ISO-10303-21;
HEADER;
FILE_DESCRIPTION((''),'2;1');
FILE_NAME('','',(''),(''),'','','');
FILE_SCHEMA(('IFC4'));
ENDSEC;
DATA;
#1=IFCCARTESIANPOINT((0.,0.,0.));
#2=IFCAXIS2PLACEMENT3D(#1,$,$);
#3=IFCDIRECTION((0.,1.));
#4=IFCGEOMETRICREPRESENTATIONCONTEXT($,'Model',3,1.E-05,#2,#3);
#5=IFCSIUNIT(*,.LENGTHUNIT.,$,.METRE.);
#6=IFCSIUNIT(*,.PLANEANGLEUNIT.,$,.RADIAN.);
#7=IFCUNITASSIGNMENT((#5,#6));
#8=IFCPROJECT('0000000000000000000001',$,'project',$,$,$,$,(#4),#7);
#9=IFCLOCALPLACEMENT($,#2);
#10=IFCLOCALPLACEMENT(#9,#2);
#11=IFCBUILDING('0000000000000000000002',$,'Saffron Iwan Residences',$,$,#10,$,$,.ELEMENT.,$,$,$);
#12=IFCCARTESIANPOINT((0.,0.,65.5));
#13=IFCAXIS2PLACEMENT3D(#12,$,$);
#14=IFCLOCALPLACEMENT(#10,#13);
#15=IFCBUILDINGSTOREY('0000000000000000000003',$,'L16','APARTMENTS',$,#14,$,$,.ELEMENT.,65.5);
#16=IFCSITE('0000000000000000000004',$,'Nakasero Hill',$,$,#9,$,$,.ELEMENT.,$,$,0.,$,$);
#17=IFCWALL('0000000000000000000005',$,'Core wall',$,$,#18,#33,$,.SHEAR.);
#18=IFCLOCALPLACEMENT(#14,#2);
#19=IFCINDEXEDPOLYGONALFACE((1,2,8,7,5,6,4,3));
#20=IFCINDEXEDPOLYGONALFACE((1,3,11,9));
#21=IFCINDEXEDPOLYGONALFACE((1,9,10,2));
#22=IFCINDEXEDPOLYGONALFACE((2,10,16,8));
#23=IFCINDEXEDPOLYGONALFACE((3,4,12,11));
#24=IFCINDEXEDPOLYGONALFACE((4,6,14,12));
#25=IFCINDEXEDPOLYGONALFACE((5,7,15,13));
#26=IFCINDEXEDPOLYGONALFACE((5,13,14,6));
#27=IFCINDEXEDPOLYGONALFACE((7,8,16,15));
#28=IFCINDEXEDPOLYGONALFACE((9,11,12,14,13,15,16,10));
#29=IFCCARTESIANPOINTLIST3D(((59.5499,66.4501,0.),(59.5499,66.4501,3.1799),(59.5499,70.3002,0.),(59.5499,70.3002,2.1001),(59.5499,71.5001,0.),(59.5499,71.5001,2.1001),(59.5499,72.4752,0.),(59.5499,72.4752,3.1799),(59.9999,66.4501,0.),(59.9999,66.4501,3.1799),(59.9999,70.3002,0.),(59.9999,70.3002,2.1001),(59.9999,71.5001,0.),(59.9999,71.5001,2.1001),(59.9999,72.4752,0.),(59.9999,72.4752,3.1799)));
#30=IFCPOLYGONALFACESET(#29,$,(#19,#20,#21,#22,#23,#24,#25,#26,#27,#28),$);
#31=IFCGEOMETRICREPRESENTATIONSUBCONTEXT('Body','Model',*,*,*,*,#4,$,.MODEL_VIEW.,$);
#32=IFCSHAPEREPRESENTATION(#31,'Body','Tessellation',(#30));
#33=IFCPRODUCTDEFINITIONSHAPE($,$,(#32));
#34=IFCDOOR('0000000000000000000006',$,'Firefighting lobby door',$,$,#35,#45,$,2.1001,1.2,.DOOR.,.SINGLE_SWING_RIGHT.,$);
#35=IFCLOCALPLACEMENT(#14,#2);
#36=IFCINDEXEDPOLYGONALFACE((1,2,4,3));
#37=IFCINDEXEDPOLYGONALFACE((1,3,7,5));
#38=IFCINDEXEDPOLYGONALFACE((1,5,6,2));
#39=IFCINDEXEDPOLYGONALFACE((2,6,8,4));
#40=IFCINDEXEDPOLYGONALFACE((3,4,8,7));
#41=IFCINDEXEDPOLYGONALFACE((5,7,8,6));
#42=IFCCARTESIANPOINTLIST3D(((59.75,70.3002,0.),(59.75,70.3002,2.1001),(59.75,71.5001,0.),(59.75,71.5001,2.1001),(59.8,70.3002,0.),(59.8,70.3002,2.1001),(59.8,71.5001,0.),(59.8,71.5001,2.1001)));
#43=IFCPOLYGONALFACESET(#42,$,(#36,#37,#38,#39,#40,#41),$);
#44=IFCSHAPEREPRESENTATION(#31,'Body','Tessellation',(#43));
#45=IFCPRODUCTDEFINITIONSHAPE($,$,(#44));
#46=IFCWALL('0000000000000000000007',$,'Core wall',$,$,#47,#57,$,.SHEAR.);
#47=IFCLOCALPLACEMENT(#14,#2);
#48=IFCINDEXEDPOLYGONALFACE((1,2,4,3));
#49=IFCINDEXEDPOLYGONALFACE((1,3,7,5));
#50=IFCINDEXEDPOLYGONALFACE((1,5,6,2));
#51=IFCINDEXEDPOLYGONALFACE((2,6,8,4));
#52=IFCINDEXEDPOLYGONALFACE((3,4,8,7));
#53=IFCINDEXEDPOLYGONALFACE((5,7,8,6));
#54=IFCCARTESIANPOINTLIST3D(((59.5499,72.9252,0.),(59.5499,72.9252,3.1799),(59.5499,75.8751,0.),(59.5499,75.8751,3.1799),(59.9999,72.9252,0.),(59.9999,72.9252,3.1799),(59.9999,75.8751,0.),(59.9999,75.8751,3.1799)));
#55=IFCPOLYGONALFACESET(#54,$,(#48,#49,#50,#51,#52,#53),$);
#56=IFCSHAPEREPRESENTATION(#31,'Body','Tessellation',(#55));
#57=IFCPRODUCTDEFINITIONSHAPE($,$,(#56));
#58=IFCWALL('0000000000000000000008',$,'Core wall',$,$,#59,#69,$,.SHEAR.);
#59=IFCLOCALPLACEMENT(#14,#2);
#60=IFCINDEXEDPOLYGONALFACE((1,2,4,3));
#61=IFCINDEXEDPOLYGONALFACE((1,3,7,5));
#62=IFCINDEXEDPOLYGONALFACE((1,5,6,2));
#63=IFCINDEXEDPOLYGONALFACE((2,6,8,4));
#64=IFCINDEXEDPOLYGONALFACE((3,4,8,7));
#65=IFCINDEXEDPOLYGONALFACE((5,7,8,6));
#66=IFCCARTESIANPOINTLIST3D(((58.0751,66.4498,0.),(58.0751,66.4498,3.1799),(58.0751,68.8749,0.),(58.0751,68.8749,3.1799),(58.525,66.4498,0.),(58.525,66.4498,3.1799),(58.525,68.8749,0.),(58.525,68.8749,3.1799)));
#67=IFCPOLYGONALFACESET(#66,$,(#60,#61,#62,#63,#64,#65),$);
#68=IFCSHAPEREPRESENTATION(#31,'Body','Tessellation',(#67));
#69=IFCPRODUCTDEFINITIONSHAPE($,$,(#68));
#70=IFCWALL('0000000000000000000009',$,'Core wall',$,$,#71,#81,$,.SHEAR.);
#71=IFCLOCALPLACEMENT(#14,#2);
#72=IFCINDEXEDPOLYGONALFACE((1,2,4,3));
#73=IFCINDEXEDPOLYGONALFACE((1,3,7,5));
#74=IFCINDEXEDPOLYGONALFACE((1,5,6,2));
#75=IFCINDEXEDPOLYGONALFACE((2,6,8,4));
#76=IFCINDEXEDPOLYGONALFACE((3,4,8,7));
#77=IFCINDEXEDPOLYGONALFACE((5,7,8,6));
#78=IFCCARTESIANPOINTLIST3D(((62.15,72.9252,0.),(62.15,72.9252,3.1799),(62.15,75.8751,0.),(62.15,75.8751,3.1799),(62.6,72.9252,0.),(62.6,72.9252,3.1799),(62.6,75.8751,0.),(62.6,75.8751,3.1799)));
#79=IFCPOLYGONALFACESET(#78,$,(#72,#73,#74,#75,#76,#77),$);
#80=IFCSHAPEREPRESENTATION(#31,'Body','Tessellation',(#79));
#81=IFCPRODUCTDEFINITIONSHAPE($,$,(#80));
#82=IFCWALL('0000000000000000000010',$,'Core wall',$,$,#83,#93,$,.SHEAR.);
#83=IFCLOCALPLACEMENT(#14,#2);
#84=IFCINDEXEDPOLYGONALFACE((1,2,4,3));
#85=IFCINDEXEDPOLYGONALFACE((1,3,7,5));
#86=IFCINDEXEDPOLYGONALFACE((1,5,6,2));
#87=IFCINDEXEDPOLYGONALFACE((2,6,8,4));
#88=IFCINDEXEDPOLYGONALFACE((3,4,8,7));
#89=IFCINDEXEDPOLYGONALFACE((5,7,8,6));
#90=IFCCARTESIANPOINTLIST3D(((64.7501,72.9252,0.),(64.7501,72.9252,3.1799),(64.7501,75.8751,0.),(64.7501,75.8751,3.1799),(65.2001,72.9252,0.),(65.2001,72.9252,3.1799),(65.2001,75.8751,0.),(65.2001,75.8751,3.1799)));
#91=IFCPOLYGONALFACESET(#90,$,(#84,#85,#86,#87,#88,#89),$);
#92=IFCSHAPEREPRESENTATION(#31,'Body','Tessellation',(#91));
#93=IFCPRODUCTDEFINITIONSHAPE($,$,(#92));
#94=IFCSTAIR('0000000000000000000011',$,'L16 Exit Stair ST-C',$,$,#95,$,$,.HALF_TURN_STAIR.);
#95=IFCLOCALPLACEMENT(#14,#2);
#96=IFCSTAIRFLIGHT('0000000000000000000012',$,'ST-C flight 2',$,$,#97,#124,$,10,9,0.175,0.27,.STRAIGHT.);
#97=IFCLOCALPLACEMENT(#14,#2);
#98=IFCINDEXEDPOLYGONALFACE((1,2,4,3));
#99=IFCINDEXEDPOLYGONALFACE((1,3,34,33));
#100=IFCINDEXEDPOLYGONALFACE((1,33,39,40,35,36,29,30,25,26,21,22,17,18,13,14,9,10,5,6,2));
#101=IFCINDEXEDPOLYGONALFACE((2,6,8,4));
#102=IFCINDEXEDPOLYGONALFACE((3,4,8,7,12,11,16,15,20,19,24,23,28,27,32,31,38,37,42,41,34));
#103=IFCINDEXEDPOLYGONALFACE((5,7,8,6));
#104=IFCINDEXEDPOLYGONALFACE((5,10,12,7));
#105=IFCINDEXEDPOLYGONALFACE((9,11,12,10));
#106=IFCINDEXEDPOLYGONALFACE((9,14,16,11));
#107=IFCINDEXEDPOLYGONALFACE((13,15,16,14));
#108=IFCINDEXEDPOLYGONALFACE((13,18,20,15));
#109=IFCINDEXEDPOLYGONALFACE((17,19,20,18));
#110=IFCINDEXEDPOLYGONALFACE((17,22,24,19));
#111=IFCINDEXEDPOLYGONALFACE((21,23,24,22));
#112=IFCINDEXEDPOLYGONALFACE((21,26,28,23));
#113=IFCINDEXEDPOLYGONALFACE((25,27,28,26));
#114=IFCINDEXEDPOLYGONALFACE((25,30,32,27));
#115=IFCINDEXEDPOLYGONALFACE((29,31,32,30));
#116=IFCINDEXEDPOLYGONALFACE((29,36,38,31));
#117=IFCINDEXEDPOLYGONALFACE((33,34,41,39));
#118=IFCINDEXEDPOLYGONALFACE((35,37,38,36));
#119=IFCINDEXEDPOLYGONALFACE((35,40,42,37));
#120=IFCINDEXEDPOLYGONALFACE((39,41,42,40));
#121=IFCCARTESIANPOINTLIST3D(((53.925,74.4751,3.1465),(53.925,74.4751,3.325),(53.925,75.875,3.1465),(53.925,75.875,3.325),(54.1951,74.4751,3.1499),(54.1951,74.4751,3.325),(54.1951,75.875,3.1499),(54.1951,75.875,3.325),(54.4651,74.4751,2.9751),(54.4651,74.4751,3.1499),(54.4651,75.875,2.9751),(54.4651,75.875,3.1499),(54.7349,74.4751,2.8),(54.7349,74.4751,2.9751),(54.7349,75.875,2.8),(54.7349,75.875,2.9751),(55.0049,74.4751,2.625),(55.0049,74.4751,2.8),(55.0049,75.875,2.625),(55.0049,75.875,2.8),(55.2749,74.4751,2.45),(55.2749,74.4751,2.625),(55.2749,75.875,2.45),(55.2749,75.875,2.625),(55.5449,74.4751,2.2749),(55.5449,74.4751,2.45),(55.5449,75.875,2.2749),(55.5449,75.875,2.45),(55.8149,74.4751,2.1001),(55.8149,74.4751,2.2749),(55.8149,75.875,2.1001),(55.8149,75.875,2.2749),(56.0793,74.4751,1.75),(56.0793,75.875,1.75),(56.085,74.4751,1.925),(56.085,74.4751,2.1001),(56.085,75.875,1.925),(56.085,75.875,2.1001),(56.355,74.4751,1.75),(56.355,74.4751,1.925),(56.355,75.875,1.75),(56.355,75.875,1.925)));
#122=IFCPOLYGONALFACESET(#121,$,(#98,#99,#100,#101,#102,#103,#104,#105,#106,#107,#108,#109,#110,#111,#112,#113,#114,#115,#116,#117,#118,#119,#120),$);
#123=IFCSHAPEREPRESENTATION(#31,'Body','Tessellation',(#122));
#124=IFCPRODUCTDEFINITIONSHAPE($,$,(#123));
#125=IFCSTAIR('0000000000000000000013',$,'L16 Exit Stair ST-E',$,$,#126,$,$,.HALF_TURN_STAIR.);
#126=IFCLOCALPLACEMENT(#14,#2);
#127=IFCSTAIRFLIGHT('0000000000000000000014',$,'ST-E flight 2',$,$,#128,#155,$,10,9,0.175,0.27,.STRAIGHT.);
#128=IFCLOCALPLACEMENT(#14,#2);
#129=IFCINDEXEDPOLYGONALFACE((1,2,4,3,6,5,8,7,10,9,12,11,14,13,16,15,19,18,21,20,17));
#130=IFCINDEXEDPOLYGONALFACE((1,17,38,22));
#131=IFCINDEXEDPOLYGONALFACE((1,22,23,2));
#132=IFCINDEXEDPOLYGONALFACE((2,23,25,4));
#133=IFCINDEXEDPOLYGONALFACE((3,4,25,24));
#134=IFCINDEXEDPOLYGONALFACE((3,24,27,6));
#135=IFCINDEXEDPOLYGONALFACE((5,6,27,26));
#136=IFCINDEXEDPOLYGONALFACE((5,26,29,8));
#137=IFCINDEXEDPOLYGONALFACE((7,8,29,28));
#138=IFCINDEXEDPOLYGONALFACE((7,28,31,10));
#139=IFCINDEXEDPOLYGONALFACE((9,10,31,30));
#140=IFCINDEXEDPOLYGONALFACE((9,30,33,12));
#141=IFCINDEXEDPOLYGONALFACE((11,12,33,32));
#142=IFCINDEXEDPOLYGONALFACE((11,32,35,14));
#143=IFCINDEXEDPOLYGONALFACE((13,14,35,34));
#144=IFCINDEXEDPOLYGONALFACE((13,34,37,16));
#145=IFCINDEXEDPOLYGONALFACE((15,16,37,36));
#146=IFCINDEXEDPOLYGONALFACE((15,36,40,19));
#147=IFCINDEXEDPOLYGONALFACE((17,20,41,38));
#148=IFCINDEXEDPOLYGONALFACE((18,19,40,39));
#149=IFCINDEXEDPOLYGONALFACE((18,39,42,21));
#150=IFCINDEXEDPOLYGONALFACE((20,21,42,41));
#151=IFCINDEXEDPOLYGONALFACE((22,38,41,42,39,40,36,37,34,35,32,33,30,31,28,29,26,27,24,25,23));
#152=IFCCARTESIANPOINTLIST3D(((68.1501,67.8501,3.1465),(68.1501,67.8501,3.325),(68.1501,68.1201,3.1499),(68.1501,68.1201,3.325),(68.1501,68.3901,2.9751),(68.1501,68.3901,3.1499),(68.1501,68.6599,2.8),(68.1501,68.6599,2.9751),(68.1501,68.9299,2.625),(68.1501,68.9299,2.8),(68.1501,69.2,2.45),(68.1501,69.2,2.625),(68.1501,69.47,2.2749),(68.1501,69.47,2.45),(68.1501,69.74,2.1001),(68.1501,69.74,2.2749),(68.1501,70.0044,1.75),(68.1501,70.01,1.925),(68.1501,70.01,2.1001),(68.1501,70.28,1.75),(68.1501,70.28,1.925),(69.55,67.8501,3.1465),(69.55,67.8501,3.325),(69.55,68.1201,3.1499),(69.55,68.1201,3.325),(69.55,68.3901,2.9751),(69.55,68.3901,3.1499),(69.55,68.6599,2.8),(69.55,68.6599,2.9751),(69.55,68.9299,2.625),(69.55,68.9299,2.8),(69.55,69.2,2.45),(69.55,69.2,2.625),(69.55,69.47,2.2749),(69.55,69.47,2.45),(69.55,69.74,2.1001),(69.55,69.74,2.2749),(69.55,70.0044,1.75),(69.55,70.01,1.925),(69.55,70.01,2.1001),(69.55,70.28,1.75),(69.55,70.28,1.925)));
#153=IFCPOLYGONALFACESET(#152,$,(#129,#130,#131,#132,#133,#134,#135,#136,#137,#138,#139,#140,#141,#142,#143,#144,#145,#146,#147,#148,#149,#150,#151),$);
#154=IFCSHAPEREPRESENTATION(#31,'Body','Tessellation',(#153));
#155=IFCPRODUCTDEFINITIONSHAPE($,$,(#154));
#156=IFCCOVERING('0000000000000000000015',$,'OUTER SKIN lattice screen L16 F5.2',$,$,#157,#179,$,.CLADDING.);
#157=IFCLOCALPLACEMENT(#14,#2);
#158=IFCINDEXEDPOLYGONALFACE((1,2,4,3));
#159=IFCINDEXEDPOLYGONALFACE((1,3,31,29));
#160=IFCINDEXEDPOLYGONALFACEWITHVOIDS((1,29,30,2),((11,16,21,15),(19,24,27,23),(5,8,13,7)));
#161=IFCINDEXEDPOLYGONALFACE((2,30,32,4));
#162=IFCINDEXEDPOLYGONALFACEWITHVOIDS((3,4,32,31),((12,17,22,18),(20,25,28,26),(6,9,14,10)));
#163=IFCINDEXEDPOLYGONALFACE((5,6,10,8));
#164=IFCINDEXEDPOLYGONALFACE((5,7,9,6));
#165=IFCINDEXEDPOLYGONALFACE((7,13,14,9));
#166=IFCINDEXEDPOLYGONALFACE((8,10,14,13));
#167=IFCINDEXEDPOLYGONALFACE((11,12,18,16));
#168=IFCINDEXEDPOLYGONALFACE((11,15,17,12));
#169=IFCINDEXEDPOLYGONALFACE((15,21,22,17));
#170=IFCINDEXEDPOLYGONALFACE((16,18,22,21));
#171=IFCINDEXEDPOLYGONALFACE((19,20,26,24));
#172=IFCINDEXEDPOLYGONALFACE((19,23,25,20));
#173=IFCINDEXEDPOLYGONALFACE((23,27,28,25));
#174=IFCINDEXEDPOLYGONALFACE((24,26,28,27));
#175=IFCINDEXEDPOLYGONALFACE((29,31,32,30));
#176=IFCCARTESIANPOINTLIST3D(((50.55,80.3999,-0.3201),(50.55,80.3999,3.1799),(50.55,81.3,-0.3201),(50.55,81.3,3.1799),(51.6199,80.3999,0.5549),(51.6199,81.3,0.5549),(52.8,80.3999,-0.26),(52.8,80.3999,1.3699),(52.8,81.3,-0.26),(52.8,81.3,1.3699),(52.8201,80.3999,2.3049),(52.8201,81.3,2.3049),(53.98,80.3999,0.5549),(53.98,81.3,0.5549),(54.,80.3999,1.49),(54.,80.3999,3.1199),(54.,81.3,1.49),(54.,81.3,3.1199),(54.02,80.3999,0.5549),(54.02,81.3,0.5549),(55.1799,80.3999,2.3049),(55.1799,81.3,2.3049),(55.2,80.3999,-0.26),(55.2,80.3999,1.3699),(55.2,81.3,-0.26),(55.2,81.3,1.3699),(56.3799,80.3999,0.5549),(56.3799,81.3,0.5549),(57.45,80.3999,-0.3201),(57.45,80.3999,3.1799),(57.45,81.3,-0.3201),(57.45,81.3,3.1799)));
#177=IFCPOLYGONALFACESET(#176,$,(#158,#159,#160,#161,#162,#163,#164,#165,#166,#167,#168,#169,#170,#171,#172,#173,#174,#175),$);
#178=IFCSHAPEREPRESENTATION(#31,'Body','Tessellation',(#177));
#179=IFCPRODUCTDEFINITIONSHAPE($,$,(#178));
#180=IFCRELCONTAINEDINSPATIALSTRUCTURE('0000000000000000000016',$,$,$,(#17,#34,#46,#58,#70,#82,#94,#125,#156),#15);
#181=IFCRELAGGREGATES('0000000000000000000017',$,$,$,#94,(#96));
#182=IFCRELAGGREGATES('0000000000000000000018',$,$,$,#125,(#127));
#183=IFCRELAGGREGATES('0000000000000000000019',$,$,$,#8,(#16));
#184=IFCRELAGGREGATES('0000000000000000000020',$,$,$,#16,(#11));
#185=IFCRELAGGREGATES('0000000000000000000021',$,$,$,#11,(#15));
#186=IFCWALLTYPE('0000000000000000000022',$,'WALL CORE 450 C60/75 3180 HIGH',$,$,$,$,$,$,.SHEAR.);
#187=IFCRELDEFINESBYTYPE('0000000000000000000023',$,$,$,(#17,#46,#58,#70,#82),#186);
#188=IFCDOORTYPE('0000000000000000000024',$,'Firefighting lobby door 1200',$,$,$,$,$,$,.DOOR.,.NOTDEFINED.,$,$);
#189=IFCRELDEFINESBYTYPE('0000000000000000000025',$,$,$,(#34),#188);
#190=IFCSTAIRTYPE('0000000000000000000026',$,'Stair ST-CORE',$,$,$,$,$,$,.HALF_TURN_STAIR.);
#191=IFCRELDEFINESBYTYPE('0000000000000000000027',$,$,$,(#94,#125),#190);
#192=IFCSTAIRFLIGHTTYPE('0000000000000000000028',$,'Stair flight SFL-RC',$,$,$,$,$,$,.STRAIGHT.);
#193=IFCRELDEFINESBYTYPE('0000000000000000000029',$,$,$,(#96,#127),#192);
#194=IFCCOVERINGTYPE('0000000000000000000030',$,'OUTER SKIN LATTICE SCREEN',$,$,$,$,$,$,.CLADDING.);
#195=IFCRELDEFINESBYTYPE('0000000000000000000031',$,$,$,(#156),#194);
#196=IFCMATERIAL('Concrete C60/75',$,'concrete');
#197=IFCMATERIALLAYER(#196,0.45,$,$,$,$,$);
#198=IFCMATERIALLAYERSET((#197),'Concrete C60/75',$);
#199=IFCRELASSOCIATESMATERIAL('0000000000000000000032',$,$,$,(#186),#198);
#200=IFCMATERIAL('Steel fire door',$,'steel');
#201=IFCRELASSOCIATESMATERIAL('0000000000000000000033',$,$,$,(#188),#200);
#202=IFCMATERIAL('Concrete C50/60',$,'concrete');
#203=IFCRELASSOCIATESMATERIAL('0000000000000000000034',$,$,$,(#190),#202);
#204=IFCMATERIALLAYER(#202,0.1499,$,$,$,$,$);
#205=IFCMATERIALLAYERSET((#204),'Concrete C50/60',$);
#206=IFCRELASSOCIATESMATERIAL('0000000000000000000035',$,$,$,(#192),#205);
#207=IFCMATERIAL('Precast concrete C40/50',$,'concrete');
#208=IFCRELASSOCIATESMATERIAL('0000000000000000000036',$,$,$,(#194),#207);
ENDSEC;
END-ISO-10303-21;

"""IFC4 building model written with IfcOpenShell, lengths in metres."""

from ifc_helpers import new_model, si_unit, direction, frame, frame_2d, origin, place, context, subcontext, project, spatial, polyline, rectangle, outline, extrude, material, layer, layer_set, type_object, element, fill, aggregate, save


model = new_model("IFC4")

# Units and contexts
model_context = context("Model", 3, precision=1e-05, world=origin(), true_north=direction((0.0, 1.0)))
body_context = subcontext(model_context, "Body", "Model", "MODEL_VIEW")
ifc_project = project(units=[si_unit("LENGTHUNIT", "METRE"), si_unit("PLANEANGLEUNIT", "RADIAN")], contexts=[model_context])

# Site, building, storey
site_placement = place(None, origin())
site = spatial("IfcSite", under=ifc_project, at=site_placement, Name="Nakasero Hill", CompositionType="ELEMENT", RefElevation=0.0)
building_placement = place(site_placement, origin())
building = spatial("IfcBuilding", under=site, at=building_placement, Name="Saffron Iwan Residences", CompositionType="ELEMENT")
storey_placement = place(building_placement, frame((0.0, 0.0, 65.5)))
storey = spatial("IfcBuildingStorey", under=building, at=storey_placement, Name="L16", Description="APARTMENTS", CompositionType="ELEMENT", Elevation=65.5)

# Shared definitions
ifc_material_1 = material(Name="Concrete C60/75", Category="concrete")

# Shared definitions
ifc_layer_1 = layer(ifc_material_1, 0.45)
ifc_layer_set_1 = layer_set([ifc_layer_1], Name="Concrete C60/75")
wall_type_1 = type_object("IfcWallType", Name="WALL CORE 450 C60/75 3180 HIGH", PredefinedType="SHEAR", material=ifc_layer_set_1)

# Wall, opening, door
ifc_material_2 = material(Name="Steel fire door", Category="steel")
wall_1_placement = place(storey_placement, frame((59.7749, 66.45, 0.0), z_axis=(0.0, 0.0, 1.0), x_axis=(0.0, 1.0, 0.0)))
wall_1 = element("IfcWall", 1, at=wall_1_placement, inside=storey, type_object=wall_type_1, Name="Core wall", PredefinedType="SHEAR", context=body_context, shape_type="SweptSolid", body=[
    extrude(rectangle(XDim=6.0251, YDim=0.45, at=frame_2d((3.0127, 0.0))), origin(), (0.0, 0.0, 1.0), 3.1799),
])
opening_1_placement = place(wall_1_placement, frame((3.8501, 0.0, 0.0)))
opening_1 = element("IfcOpeningElement", 2, at=opening_1_placement, cuts=wall_1, PredefinedType="OPENING", context=body_context, shape_type="SweptSolid", body=[
    extrude(rectangle(XDim=1.2, YDim=2.1001, at=frame_2d((0.6001, 1.05))), frame((0.0, 0.2349, 0.0), z_axis=(0.0, -1.0, 0.0), x_axis=(1.0, 0.0, 0.0)), (0.0, 0.0, 1.0), 0.47),
])
door_type_1 = type_object("IfcDoorType", Name="Firefighting lobby door 1200", OperationType="NOTDEFINED", PredefinedType="DOOR", material=ifc_material_2)
door_1_placement = place(opening_1_placement, origin())
door_1 = element("IfcDoor", 3, at=door_1_placement, inside=storey, type_object=door_type_1, Name="Firefighting lobby door", OperationType="SINGLE_SWING_RIGHT", OverallHeight=2.1001, OverallWidth=1.2, PredefinedType="DOOR", context=body_context, shape_type="SweptSolid", body=[
    extrude(rectangle(XDim=1.2, YDim=2.1001, at=frame_2d((0.6001, 1.05))), frame((0.0, 0.0249, 0.0), z_axis=(0.0, -1.0, 0.0), x_axis=(1.0, 0.0, 0.0)), (0.0, 0.0, 1.0), 0.05),
])
fill(opening_1, door_1)

# Walls
wall_2_placement = place(storey_placement, frame((59.7749, 72.925, 0.0), z_axis=(0.0, 0.0, 1.0), x_axis=(0.0, 1.0, 0.0)))
element("IfcWall", 4, at=wall_2_placement, inside=storey, type_object=wall_type_1, Name="Core wall", PredefinedType="SHEAR", context=body_context, shape_type="SweptSolid", body=[
    extrude(rectangle(XDim=2.95, YDim=0.45, at=frame_2d((1.4751, 0.0))), origin(), (0.0, 0.0, 1.0), 3.1799),
])
wall_3_placement = place(storey_placement, frame((58.3, 66.45, 0.0), z_axis=(0.0, 0.0, 1.0), x_axis=(0.0, 1.0, 0.0)))
element("IfcWall", 5, at=wall_3_placement, inside=storey, type_object=wall_type_1, Name="Core wall", PredefinedType="SHEAR", context=body_context, shape_type="SweptSolid", body=[
    extrude(rectangle(XDim=2.425, YDim=0.45, at=frame_2d((1.2124, 0.0))), origin(), (0.0, 0.0, 1.0), 3.1799),
])
for number, where, z_axis, x_axis, name in (
    (6, (62.375, 72.925, 0.0), (0.0, 0.0, 1.0), (0.0, 1.0, 0.0), "Core wall"),
    (7, (64.9751, 72.925, 0.0), (0.0, 0.0, 1.0), (0.0, 1.0, 0.0), "Core wall"),
):
    element("IfcWall", number, at=place(storey_placement, frame(where, z_axis=z_axis, x_axis=x_axis)), inside=storey, type_object=wall_type_1, Name=name, PredefinedType="SHEAR", context=body_context, shape_type="SweptSolid", body=[
        extrude(rectangle(XDim=2.95, YDim=0.45, at=frame_2d((1.4751, 0.0))), origin(), (0.0, 0.0, 1.0), 3.1799),
    ])

# Stairs, stair flights
ifc_material_3 = material(Name="Concrete C50/60", Category="concrete")
stair_type = type_object("IfcStairType", Name="Stair ST-CORE", PredefinedType="HALF_TURN_STAIR", material=ifc_material_3)
stair_1_placement = place(storey_placement, origin())
stair_1 = element("IfcStair", 8, at=stair_1_placement, inside=storey, type_object=stair_type, Name="L16 Exit Stair ST-C", PredefinedType="HALF_TURN_STAIR")
ifc_layer_2 = layer(ifc_material_3, 0.1499)
ifc_layer_set_2 = layer_set([ifc_layer_2], Name="Concrete C50/60")
stair_flight_type = type_object("IfcStairFlightType", Name="Stair flight SFL-RC", PredefinedType="STRAIGHT", material=ifc_layer_set_2)
stair_flight_1_placement = place(storey_placement, frame((56.355, 75.175, 1.75), z_axis=(0.0, 0.0, 1.0), x_axis=(-1.0, 0.0, 0.0)))
stair_flight_1 = element("IfcStairFlight", 9, at=stair_flight_1_placement, type_object=stair_flight_type, Name="ST-C flight 2", NumberOfRisers=10, NumberOfTreads=9, PredefinedType="STRAIGHT", RiserHeight=0.175, TreadLength=0.27, context=body_context, shape_type="SweptSolid", body=[
    extrude(outline(polyline([(0.0, 0.0), (0.0, 0.175), (0.27, 0.175), (0.27, 0.3501), (0.54, 0.3501), (0.54, 0.5249), (0.8101, 0.5249), (0.8101, 0.7), (1.0801, 0.7), (1.0801, 0.875), (1.3501, 0.875), (1.3501, 1.05), (1.6201, 1.05), (1.6201, 1.2251), (1.8899, 1.2251), (1.8899, 1.3999), (2.1599, 1.3999), (2.1599, 1.575), (2.4299, 1.575), (2.4299, 1.75), (2.4299, 1.3965), (0.2756, 0.0), (0.0, 0.0)])), frame((0.0, 0.7, 0.0), z_axis=(0.0, -1.0, 0.0), x_axis=(1.0, 0.0, 0.0)), (0.0, 0.0, 1.0), 1.3999),
])
aggregate(stair_1, [stair_flight_1])
stair_2_placement = place(storey_placement, origin())
stair_2 = element("IfcStair", 10, at=stair_2_placement, inside=storey, type_object=stair_type, Name="L16 Exit Stair ST-E", PredefinedType="HALF_TURN_STAIR")
stair_flight_2_placement = place(storey_placement, frame((68.8501, 70.28, 1.75), z_axis=(0.0, 0.0, 1.0), x_axis=(0.0, -1.0, 0.0)))
stair_flight_2 = element("IfcStairFlight", 11, at=stair_flight_2_placement, type_object=stair_flight_type, Name="ST-E flight 2", NumberOfRisers=10, NumberOfTreads=9, PredefinedType="STRAIGHT", RiserHeight=0.175, TreadLength=0.27, context=body_context, shape_type="SweptSolid", body=[
    extrude(outline(polyline([(0.0, 0.0), (0.0, 0.175), (0.27, 0.175), (0.27, 0.3501), (0.54, 0.3501), (0.54, 0.5249), (0.8101, 0.5249), (0.8101, 0.7), (1.0801, 0.7), (1.0801, 0.875), (1.3501, 0.875), (1.3501, 1.05), (1.6201, 1.05), (1.6201, 1.2251), (1.8899, 1.2251), (1.8899, 1.3999), (2.1599, 1.3999), (2.1599, 1.575), (2.4299, 1.575), (2.4299, 1.75), (2.4299, 1.3965), (0.2756, 0.0), (0.0, 0.0)])), frame((0.0, 0.7, 0.0), z_axis=(0.0, -1.0, 0.0), x_axis=(1.0, 0.0, 0.0)), (0.0, 0.0, 1.0), 1.3999),
])
aggregate(stair_2, [stair_flight_2])

# Covering
ifc_material_4 = material(Name="Precast concrete C40/50", Category="concrete")
covering_type_1 = type_object("IfcCoveringType", Name="OUTER SKIN LATTICE SCREEN", PredefinedType="CLADDING", material=ifc_material_4)
covering_placement = place(storey_placement, frame((57.45, 80.3999, -0.3201), z_axis=(0.0, 1.0, 0.0), x_axis=(-1.0, 0.0, 0.0)))
element("IfcCovering", 12, at=covering_placement, inside=storey, type_object=covering_type_1, Name="OUTER SKIN lattice screen L16 F5.2", PredefinedType="CLADDING", context=body_context, shape_type="SweptSolid", body=[
    extrude(outline(polyline([(0.0, 0.0), (6.8999, 0.0), (6.8999, 3.5), (0.0, 3.5), (0.0, 0.0)]), holes=[polyline([(1.0701, 0.875), (2.25, 0.0601), (3.4299, 0.875), (2.25, 1.6899), (1.0701, 0.875)]), polyline([(3.47, 0.875), (4.6499, 0.0601), (5.8301, 0.875), (4.6499, 1.6899), (3.47, 0.875)]), polyline([(2.27, 2.625), (3.45, 1.8101), (4.6299, 2.625), (3.45, 3.4399), (2.27, 2.625)])]), origin(), (0.0, 0.0, 1.0), 0.9001),
])

save(model, "model.ifc")
